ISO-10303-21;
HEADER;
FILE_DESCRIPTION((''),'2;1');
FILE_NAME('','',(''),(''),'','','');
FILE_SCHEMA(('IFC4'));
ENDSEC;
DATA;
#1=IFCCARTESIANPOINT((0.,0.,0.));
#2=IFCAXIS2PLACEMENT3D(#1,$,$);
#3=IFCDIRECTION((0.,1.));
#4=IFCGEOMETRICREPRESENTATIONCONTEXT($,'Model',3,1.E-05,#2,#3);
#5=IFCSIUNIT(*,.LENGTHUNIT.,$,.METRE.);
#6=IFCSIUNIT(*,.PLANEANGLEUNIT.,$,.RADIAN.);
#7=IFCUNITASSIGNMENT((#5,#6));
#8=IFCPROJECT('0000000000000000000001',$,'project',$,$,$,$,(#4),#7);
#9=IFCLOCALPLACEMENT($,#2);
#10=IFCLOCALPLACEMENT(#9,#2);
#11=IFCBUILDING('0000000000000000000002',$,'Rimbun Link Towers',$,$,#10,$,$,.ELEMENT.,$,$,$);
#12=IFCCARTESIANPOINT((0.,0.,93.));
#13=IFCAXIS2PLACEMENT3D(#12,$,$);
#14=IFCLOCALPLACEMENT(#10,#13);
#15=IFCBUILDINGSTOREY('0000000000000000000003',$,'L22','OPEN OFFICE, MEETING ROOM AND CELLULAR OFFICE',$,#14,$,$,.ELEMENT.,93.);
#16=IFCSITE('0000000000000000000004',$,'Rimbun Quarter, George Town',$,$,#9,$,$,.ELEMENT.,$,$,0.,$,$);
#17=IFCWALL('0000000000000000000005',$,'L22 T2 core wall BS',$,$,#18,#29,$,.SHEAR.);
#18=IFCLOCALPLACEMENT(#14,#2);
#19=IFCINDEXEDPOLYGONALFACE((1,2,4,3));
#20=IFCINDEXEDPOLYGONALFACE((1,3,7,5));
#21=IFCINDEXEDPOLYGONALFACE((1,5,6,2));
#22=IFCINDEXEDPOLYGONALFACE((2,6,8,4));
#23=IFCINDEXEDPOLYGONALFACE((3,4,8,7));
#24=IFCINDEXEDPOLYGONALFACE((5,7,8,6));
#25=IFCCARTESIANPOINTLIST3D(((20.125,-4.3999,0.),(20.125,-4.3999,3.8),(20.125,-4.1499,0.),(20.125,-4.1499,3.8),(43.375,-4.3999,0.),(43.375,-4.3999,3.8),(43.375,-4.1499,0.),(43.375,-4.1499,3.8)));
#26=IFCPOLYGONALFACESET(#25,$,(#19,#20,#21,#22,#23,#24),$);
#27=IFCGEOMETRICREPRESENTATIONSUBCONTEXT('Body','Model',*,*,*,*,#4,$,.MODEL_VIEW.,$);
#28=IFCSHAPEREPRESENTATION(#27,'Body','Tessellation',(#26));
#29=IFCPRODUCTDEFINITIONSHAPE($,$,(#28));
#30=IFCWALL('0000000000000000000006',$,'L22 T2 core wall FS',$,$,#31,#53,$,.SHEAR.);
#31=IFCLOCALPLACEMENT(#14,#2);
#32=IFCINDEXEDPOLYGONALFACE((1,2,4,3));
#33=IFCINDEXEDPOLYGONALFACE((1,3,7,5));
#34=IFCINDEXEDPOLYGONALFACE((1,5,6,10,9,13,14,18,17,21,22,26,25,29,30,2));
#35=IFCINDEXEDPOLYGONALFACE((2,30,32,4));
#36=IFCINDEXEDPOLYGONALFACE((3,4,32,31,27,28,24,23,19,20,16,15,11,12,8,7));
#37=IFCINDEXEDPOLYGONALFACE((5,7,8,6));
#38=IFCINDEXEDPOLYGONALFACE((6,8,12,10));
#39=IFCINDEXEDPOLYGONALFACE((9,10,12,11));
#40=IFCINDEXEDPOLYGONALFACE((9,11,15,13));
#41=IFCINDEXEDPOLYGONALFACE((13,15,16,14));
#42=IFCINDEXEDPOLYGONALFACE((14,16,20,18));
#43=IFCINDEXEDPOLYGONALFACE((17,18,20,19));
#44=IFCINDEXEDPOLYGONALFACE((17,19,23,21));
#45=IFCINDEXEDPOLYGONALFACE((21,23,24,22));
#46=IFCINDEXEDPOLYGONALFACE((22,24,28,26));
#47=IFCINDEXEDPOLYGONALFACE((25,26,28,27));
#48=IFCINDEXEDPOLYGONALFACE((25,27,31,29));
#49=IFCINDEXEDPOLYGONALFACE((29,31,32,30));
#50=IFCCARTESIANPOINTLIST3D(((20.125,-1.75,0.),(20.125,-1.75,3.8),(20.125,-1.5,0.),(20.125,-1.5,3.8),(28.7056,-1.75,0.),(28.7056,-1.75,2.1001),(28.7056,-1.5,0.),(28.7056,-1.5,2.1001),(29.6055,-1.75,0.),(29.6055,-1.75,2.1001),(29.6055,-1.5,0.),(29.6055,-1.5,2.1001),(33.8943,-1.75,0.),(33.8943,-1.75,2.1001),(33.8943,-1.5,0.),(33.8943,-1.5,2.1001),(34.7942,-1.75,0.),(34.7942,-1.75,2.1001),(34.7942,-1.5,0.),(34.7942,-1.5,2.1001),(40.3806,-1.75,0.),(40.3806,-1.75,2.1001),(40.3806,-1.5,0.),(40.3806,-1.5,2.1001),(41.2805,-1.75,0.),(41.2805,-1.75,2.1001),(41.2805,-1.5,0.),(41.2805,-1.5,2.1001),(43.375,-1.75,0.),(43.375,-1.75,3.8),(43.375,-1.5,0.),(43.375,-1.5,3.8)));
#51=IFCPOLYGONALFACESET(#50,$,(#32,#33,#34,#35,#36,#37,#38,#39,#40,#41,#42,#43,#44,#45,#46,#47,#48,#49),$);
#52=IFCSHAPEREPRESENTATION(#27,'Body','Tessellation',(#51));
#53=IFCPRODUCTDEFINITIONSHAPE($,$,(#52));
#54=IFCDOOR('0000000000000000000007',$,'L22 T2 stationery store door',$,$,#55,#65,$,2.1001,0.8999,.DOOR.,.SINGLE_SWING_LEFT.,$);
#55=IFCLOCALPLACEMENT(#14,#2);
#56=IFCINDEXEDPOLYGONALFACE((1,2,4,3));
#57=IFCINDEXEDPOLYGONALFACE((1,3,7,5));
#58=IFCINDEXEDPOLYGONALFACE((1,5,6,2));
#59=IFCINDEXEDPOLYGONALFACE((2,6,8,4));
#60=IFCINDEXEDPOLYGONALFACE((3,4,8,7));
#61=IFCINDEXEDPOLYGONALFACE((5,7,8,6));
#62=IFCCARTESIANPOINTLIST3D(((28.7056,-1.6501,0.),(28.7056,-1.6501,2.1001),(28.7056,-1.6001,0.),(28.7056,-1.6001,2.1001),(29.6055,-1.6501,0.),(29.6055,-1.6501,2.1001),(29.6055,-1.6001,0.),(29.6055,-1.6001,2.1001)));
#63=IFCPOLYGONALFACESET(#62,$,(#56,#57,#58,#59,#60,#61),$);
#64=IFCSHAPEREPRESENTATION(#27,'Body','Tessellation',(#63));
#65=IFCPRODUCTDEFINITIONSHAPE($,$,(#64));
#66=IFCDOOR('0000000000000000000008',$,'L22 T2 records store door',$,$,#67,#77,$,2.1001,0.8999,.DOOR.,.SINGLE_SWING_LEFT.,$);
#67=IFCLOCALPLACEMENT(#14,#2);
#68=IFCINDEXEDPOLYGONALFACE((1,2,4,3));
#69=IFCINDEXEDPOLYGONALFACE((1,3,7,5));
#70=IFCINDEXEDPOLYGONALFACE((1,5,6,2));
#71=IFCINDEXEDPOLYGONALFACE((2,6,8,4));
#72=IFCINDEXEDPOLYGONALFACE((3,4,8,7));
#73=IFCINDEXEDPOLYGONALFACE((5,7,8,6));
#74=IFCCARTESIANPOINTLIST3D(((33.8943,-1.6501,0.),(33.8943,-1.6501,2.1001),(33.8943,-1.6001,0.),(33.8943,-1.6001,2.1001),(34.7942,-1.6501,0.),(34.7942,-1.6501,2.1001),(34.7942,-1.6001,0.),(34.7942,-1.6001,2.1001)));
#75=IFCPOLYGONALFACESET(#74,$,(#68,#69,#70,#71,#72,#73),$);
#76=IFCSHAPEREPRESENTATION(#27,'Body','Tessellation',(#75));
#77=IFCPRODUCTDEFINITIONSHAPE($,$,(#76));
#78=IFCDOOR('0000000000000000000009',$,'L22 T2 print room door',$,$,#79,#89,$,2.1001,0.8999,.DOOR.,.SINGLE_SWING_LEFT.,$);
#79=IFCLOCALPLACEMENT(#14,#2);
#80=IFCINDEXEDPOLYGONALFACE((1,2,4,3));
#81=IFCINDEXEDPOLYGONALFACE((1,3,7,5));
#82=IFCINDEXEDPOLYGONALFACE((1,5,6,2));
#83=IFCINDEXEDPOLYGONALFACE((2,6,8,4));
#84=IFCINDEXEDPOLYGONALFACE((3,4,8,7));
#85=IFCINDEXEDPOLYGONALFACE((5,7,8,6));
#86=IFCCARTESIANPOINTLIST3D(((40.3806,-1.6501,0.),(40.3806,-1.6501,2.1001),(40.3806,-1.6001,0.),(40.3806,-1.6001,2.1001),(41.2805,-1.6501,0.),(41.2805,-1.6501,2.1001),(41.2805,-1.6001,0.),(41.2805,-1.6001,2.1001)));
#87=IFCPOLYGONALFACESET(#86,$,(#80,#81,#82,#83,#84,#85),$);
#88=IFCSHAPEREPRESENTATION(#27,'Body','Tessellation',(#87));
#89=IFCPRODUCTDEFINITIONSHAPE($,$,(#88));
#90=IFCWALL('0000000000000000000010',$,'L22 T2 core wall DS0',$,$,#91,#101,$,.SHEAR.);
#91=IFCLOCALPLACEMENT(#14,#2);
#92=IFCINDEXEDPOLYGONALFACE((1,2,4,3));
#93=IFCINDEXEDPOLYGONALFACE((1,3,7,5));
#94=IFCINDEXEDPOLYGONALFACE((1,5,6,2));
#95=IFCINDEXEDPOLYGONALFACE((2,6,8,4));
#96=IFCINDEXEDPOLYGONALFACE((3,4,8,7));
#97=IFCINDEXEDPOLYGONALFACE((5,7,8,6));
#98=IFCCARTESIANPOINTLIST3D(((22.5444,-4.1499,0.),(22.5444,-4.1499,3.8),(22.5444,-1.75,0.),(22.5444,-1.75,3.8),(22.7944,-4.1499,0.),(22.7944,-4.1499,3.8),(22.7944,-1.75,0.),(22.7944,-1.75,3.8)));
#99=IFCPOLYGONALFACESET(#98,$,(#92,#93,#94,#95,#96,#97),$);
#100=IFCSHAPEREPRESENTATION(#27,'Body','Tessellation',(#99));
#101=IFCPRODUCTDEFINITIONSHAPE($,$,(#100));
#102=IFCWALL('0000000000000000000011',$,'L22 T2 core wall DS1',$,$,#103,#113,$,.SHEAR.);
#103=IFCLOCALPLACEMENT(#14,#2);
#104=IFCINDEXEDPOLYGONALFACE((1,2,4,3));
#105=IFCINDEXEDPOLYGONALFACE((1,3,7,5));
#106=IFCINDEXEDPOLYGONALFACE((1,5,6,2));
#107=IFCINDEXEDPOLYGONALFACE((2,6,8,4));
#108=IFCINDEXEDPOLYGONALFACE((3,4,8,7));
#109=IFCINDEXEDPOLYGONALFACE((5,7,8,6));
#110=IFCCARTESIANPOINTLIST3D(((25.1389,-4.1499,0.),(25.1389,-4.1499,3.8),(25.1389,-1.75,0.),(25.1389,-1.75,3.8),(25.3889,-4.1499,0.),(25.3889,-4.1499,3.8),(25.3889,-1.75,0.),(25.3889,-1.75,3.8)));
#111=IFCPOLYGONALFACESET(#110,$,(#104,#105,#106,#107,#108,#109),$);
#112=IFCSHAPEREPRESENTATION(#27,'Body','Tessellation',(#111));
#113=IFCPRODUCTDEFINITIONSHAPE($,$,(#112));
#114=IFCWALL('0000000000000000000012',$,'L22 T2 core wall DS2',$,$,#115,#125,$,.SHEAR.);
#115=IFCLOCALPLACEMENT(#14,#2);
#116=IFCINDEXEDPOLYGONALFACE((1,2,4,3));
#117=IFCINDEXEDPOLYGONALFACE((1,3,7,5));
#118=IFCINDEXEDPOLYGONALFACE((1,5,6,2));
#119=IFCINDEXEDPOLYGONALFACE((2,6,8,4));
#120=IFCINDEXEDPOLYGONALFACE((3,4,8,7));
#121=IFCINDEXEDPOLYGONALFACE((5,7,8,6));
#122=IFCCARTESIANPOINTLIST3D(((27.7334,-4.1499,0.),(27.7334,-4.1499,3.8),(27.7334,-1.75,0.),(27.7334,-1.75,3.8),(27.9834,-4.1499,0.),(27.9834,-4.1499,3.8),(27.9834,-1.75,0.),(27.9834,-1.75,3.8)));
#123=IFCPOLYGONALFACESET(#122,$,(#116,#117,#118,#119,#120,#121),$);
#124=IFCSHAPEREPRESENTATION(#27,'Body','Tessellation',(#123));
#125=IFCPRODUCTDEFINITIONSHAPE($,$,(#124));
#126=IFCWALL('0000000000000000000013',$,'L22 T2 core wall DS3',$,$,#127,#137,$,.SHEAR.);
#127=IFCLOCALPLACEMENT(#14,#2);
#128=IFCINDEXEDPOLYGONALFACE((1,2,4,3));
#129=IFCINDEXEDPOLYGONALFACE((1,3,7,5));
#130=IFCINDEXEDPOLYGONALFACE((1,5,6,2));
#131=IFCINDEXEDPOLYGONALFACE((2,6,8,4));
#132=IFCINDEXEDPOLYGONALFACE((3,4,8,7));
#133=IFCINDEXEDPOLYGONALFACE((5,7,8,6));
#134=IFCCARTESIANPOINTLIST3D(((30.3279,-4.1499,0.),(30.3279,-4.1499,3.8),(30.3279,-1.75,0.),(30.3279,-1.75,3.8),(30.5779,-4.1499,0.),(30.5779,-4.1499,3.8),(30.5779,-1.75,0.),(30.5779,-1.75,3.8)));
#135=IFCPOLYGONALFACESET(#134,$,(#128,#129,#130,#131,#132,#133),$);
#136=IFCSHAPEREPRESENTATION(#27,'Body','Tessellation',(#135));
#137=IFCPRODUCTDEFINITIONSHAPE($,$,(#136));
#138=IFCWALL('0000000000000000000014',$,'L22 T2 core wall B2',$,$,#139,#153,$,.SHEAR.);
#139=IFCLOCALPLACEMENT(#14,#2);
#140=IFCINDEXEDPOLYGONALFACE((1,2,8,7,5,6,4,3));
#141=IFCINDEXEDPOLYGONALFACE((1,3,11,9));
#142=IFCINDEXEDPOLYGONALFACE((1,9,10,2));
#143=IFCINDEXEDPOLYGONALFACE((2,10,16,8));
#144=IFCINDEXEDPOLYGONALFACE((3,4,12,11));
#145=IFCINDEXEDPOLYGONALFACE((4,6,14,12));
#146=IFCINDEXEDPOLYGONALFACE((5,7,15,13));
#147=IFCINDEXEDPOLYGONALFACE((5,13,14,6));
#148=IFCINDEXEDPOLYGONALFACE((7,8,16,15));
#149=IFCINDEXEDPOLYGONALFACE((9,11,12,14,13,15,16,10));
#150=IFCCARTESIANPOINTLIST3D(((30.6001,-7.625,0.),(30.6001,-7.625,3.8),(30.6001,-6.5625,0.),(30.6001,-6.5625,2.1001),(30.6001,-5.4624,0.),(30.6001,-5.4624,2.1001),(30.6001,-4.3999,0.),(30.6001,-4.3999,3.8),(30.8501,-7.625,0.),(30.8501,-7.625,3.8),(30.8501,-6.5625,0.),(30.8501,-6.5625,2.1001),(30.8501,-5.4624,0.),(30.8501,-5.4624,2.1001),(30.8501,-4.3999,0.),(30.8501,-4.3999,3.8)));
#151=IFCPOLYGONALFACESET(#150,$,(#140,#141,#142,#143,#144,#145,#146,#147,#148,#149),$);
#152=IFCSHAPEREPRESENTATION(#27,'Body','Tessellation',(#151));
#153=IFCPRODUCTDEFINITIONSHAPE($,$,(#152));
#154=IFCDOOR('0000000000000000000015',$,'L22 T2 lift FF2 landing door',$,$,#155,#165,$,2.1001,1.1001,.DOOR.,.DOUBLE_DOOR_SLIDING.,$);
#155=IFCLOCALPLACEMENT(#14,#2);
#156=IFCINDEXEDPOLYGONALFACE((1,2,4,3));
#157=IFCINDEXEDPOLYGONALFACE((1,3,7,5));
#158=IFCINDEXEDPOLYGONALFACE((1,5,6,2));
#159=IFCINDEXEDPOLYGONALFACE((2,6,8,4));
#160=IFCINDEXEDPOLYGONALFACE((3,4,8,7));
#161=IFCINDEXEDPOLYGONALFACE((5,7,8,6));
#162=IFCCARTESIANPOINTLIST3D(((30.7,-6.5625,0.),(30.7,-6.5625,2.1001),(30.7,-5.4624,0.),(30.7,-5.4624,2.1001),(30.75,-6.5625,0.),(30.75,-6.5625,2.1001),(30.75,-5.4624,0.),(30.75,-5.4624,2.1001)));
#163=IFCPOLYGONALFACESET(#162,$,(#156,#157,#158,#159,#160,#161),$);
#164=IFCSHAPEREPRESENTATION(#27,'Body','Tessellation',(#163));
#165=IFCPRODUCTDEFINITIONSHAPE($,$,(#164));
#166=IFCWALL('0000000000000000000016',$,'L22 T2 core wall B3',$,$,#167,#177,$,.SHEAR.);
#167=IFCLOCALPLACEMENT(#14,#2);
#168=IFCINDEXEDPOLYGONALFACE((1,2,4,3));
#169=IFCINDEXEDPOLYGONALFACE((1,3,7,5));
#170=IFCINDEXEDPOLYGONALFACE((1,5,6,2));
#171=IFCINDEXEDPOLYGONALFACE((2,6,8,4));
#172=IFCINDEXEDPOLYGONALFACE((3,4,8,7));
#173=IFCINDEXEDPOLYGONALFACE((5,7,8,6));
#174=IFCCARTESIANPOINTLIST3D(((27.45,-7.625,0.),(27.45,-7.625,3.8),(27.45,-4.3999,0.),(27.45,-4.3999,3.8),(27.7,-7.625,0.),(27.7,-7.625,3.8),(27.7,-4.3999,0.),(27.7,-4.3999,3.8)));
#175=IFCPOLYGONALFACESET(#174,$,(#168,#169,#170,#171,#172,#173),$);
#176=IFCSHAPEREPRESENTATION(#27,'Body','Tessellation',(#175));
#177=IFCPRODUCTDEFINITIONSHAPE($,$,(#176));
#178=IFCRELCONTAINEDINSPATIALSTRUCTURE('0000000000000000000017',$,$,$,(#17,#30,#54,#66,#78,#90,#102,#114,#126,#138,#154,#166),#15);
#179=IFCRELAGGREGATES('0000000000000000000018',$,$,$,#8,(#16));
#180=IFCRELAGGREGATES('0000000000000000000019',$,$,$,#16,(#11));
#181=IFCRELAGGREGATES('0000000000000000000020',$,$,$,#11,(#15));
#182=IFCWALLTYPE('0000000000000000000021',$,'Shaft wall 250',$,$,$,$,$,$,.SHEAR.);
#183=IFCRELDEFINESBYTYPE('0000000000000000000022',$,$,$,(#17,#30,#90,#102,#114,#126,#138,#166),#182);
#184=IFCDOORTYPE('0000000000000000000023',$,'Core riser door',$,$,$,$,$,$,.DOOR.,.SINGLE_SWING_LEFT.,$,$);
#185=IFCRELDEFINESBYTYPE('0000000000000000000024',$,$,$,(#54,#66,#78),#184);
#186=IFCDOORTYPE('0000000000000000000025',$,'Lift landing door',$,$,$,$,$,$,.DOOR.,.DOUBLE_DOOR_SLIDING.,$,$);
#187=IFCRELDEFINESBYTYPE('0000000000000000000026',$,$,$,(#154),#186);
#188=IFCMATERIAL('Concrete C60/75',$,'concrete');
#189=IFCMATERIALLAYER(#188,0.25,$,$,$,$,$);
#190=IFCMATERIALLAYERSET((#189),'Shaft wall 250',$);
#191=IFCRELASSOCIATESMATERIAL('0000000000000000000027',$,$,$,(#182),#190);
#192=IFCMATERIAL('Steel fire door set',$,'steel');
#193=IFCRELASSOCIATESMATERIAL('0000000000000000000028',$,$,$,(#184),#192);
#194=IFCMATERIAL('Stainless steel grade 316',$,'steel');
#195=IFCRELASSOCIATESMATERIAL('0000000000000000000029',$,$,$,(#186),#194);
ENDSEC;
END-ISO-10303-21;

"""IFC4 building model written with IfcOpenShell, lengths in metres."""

from ifc_helpers import new_model, si_unit, direction, frame, frame_2d, origin, place, context, subcontext, project, spatial, rectangle, extrude, material, layer, layer_set, type_object, element, fill, save


model = new_model("IFC4")

# Units and contexts
model_context = context("Model", 3, precision=1e-05, world=origin(), true_north=direction((0.0, 1.0)))
body_context = subcontext(model_context, "Body", "Model", "MODEL_VIEW")
ifc_project = project(units=[si_unit("LENGTHUNIT", "METRE"), si_unit("PLANEANGLEUNIT", "RADIAN")], contexts=[model_context])

# Site, building, storey
site_placement = place(None, origin())
site = spatial("IfcSite", under=ifc_project, at=site_placement, Name="Rimbun Quarter, George Town", CompositionType="ELEMENT", RefElevation=0.0)
building_placement = place(site_placement, origin())
building = spatial("IfcBuilding", under=site, at=building_placement, Name="Rimbun Link Towers", CompositionType="ELEMENT")
storey_placement = place(building_placement, frame((0.0, 0.0, 93.0)))
storey = spatial("IfcBuildingStorey", under=building, at=storey_placement, Name="L22", Description="OPEN OFFICE, MEETING ROOM AND CELLULAR OFFICE", CompositionType="ELEMENT", Elevation=93.0)

# Wall
ifc_material_1 = material(Name="Concrete C60/75", Category="concrete")
ifc_layer_1 = layer(ifc_material_1, 0.25)
ifc_layer_set_1 = layer_set([ifc_layer_1], Name="Shaft wall 250")
wall_type_1 = type_object("IfcWallType", Name="Shaft wall 250", PredefinedType="SHEAR", material=ifc_layer_set_1)
wall_1_placement = place(storey_placement, frame((20.125, -4.2749, 0.0), z_axis=(0.0, 0.0, 1.0), x_axis=(1.0, 0.0, 0.0)))
element("IfcWall", 1, at=wall_1_placement, inside=storey, type_object=wall_type_1, Name="L22 T2 core wall BS", PredefinedType="SHEAR", context=body_context, shape_type="SweptSolid", body=[
    extrude(rectangle(XDim=23.25, YDim=0.25, at=frame_2d((11.625, 0.0))), origin(), (0.0, 0.0, 1.0), 3.8),
])

# Wall, openings, doors
wall_2_placement = place(storey_placement, frame((20.125, -1.625, 0.0), z_axis=(0.0, 0.0, 1.0), x_axis=(1.0, 0.0, 0.0)))
wall_2 = element("IfcWall", 2, at=wall_2_placement, inside=storey, type_object=wall_type_1, Name="L22 T2 core wall FS", PredefinedType="SHEAR", context=body_context, shape_type="SweptSolid", body=[
    extrude(rectangle(XDim=23.25, YDim=0.25, at=frame_2d((11.625, 0.0))), origin(), (0.0, 0.0, 1.0), 3.8),
])
opening_1_placement = place(wall_2_placement, frame((8.5806, 0.0, 0.0)))
opening_1 = element("IfcOpeningElement", 3, at=opening_1_placement, cuts=wall_2, PredefinedType="OPENING", context=body_context, shape_type="SweptSolid", body=[
    extrude(rectangle(XDim=0.8999, YDim=2.1001, at=frame_2d((0.45, 1.05))), frame((0.0, 0.135, 0.0), z_axis=(0.0, -1.0, 0.0), x_axis=(1.0, 0.0, 0.0)), (0.0, 0.0, 1.0), 0.27),
])
opening_2_placement = place(wall_2_placement, frame((13.7693, 0.0, 0.0)))
opening_2 = element("IfcOpeningElement", 4, at=opening_2_placement, cuts=wall_2, PredefinedType="OPENING", context=body_context, shape_type="SweptSolid", body=[
    extrude(rectangle(XDim=0.8999, YDim=2.1001, at=frame_2d((0.45, 1.05))), frame((0.0, 0.135, 0.0), z_axis=(0.0, -1.0, 0.0), x_axis=(1.0, 0.0, 0.0)), (0.0, 0.0, 1.0), 0.27),
])
opening_3_placement = place(wall_2_placement, frame((20.2556, 0.0, 0.0)))
opening_3 = element("IfcOpeningElement", 5, at=opening_3_placement, cuts=wall_2, PredefinedType="OPENING", context=body_context, shape_type="SweptSolid", body=[
    extrude(rectangle(XDim=0.8999, YDim=2.1001, at=frame_2d((0.45, 1.05))), frame((0.0, 0.135, 0.0), z_axis=(0.0, -1.0, 0.0), x_axis=(1.0, 0.0, 0.0)), (0.0, 0.0, 1.0), 0.27),
])
ifc_material_2 = material(Name="Steel fire door set", Category="steel")
door_type_1 = type_object("IfcDoorType", Name="Core riser door", OperationType="SINGLE_SWING_LEFT", PredefinedType="DOOR", material=ifc_material_2)
door_1_placement = place(opening_1_placement, origin())
door_1 = element("IfcDoor", 6, at=door_1_placement, inside=storey, type_object=door_type_1, Name="L22 T2 stationery store door", OperationType="SINGLE_SWING_LEFT", OverallHeight=2.1001, OverallWidth=0.8999, PredefinedType="DOOR", context=body_context, shape_type="SweptSolid", body=[
    extrude(rectangle(XDim=0.8999, YDim=2.1001, at=frame_2d((0.45, 1.05))), frame((0.0, 0.0249, 0.0), z_axis=(0.0, -1.0, 0.0), x_axis=(1.0, 0.0, 0.0)), (0.0, 0.0, 1.0), 0.05),
])
fill(opening_1, door_1)
door_2_placement = place(opening_2_placement, origin())
door_2 = element("IfcDoor", 7, at=door_2_placement, inside=storey, type_object=door_type_1, Name="L22 T2 records store door", OperationType="SINGLE_SWING_LEFT", OverallHeight=2.1001, OverallWidth=0.8999, PredefinedType="DOOR", context=body_context, shape_type="SweptSolid", body=[
    extrude(rectangle(XDim=0.8999, YDim=2.1001, at=frame_2d((0.45, 1.05))), frame((0.0, 0.0249, 0.0), z_axis=(0.0, -1.0, 0.0), x_axis=(1.0, 0.0, 0.0)), (0.0, 0.0, 1.0), 0.05),
])
fill(opening_2, door_2)
door_3_placement = place(opening_3_placement, origin())
door_3 = element("IfcDoor", 8, at=door_3_placement, inside=storey, type_object=door_type_1, Name="L22 T2 print room door", OperationType="SINGLE_SWING_LEFT", OverallHeight=2.1001, OverallWidth=0.8999, PredefinedType="DOOR", context=body_context, shape_type="SweptSolid", body=[
    extrude(rectangle(XDim=0.8999, YDim=2.1001, at=frame_2d((0.45, 1.05))), frame((0.0, 0.0249, 0.0), z_axis=(0.0, -1.0, 0.0), x_axis=(1.0, 0.0, 0.0)), (0.0, 0.0, 1.0), 0.05),
])
fill(opening_3, door_3)

# Walls
for number, where, z_axis, x_axis, name in (
    (9, (22.6694, -4.1499, 0.0), (0.0, 0.0, 1.0), (0.0, 1.0, 0.0), "L22 T2 core wall DS0"),
    (10, (25.2639, -4.1499, 0.0), (0.0, 0.0, 1.0), (0.0, 1.0, 0.0), "L22 T2 core wall DS1"),
    (11, (27.8584, -4.1499, 0.0), (0.0, 0.0, 1.0), (0.0, 1.0, 0.0), "L22 T2 core wall DS2"),
    (12, (30.4529, -4.1499, 0.0), (0.0, 0.0, 1.0), (0.0, 1.0, 0.0), "L22 T2 core wall DS3"),
):
    element("IfcWall", number, at=place(storey_placement, frame(where, z_axis=z_axis, x_axis=x_axis)), inside=storey, type_object=wall_type_1, Name=name, PredefinedType="SHEAR", context=body_context, shape_type="SweptSolid", body=[
        extrude(rectangle(XDim=2.3999, YDim=0.25, at=frame_2d((1.2, 0.0))), origin(), (0.0, 0.0, 1.0), 3.8),
    ])

# Wall, opening, door
wall_3_placement = place(storey_placement, frame((30.7251, -4.3999, 0.0), z_axis=(0.0, 0.0, 1.0), x_axis=(0.0, -1.0, 0.0)))
wall_3 = element("IfcWall", 13, at=wall_3_placement, inside=storey, type_object=wall_type_1, Name="L22 T2 core wall B2", PredefinedType="SHEAR", context=body_context, shape_type="SweptSolid", body=[
    extrude(rectangle(XDim=3.2251, YDim=0.25, at=frame_2d((1.6125, 0.0))), origin(), (0.0, 0.0, 1.0), 3.8),
])
opening_4_placement = place(wall_3_placement, frame((1.0625, 0.0, 0.0)))
opening_4 = element("IfcOpeningElement", 14, at=opening_4_placement, cuts=wall_3, PredefinedType="OPENING", context=body_context, shape_type="SweptSolid", body=[
    extrude(rectangle(XDim=1.1001, YDim=2.1001, at=frame_2d((0.55, 1.05))), frame((0.0, 0.135, 0.0), z_axis=(0.0, -1.0, 0.0), x_axis=(1.0, 0.0, 0.0)), (0.0, 0.0, 1.0), 0.27),
])
ifc_material_3 = material(Name="Stainless steel grade 316", Category="steel")
door_type_2 = type_object("IfcDoorType", Name="Lift landing door", OperationType="DOUBLE_DOOR_SLIDING", PredefinedType="DOOR", material=ifc_material_3)
door_4_placement = place(opening_4_placement, origin())
door_4 = element("IfcDoor", 15, at=door_4_placement, inside=storey, type_object=door_type_2, Name="L22 T2 lift FF2 landing door", OperationType="DOUBLE_DOOR_SLIDING", OverallHeight=2.1001, OverallWidth=1.1001, PredefinedType="DOOR", context=body_context, shape_type="SweptSolid", body=[
    extrude(rectangle(XDim=1.1001, YDim=2.1001, at=frame_2d((0.55, 1.05))), frame((0.0, 0.0249, 0.0), z_axis=(0.0, -1.0, 0.0), x_axis=(1.0, 0.0, 0.0)), (0.0, 0.0, 1.0), 0.05),
])
fill(opening_4, door_4)

# Wall
wall_4_placement = place(storey_placement, frame((27.575, -4.3999, 0.0), z_axis=(0.0, 0.0, 1.0), x_axis=(0.0, -1.0, 0.0)))
element("IfcWall", 16, at=wall_4_placement, inside=storey, type_object=wall_type_1, Name="L22 T2 core wall B3", PredefinedType="SHEAR", context=body_context, shape_type="SweptSolid", body=[
    extrude(rectangle(XDim=3.2251, YDim=0.25, at=frame_2d((1.6125, 0.0))), origin(), (0.0, 0.0, 1.0), 3.8),
])

save(model, "model.ifc")
